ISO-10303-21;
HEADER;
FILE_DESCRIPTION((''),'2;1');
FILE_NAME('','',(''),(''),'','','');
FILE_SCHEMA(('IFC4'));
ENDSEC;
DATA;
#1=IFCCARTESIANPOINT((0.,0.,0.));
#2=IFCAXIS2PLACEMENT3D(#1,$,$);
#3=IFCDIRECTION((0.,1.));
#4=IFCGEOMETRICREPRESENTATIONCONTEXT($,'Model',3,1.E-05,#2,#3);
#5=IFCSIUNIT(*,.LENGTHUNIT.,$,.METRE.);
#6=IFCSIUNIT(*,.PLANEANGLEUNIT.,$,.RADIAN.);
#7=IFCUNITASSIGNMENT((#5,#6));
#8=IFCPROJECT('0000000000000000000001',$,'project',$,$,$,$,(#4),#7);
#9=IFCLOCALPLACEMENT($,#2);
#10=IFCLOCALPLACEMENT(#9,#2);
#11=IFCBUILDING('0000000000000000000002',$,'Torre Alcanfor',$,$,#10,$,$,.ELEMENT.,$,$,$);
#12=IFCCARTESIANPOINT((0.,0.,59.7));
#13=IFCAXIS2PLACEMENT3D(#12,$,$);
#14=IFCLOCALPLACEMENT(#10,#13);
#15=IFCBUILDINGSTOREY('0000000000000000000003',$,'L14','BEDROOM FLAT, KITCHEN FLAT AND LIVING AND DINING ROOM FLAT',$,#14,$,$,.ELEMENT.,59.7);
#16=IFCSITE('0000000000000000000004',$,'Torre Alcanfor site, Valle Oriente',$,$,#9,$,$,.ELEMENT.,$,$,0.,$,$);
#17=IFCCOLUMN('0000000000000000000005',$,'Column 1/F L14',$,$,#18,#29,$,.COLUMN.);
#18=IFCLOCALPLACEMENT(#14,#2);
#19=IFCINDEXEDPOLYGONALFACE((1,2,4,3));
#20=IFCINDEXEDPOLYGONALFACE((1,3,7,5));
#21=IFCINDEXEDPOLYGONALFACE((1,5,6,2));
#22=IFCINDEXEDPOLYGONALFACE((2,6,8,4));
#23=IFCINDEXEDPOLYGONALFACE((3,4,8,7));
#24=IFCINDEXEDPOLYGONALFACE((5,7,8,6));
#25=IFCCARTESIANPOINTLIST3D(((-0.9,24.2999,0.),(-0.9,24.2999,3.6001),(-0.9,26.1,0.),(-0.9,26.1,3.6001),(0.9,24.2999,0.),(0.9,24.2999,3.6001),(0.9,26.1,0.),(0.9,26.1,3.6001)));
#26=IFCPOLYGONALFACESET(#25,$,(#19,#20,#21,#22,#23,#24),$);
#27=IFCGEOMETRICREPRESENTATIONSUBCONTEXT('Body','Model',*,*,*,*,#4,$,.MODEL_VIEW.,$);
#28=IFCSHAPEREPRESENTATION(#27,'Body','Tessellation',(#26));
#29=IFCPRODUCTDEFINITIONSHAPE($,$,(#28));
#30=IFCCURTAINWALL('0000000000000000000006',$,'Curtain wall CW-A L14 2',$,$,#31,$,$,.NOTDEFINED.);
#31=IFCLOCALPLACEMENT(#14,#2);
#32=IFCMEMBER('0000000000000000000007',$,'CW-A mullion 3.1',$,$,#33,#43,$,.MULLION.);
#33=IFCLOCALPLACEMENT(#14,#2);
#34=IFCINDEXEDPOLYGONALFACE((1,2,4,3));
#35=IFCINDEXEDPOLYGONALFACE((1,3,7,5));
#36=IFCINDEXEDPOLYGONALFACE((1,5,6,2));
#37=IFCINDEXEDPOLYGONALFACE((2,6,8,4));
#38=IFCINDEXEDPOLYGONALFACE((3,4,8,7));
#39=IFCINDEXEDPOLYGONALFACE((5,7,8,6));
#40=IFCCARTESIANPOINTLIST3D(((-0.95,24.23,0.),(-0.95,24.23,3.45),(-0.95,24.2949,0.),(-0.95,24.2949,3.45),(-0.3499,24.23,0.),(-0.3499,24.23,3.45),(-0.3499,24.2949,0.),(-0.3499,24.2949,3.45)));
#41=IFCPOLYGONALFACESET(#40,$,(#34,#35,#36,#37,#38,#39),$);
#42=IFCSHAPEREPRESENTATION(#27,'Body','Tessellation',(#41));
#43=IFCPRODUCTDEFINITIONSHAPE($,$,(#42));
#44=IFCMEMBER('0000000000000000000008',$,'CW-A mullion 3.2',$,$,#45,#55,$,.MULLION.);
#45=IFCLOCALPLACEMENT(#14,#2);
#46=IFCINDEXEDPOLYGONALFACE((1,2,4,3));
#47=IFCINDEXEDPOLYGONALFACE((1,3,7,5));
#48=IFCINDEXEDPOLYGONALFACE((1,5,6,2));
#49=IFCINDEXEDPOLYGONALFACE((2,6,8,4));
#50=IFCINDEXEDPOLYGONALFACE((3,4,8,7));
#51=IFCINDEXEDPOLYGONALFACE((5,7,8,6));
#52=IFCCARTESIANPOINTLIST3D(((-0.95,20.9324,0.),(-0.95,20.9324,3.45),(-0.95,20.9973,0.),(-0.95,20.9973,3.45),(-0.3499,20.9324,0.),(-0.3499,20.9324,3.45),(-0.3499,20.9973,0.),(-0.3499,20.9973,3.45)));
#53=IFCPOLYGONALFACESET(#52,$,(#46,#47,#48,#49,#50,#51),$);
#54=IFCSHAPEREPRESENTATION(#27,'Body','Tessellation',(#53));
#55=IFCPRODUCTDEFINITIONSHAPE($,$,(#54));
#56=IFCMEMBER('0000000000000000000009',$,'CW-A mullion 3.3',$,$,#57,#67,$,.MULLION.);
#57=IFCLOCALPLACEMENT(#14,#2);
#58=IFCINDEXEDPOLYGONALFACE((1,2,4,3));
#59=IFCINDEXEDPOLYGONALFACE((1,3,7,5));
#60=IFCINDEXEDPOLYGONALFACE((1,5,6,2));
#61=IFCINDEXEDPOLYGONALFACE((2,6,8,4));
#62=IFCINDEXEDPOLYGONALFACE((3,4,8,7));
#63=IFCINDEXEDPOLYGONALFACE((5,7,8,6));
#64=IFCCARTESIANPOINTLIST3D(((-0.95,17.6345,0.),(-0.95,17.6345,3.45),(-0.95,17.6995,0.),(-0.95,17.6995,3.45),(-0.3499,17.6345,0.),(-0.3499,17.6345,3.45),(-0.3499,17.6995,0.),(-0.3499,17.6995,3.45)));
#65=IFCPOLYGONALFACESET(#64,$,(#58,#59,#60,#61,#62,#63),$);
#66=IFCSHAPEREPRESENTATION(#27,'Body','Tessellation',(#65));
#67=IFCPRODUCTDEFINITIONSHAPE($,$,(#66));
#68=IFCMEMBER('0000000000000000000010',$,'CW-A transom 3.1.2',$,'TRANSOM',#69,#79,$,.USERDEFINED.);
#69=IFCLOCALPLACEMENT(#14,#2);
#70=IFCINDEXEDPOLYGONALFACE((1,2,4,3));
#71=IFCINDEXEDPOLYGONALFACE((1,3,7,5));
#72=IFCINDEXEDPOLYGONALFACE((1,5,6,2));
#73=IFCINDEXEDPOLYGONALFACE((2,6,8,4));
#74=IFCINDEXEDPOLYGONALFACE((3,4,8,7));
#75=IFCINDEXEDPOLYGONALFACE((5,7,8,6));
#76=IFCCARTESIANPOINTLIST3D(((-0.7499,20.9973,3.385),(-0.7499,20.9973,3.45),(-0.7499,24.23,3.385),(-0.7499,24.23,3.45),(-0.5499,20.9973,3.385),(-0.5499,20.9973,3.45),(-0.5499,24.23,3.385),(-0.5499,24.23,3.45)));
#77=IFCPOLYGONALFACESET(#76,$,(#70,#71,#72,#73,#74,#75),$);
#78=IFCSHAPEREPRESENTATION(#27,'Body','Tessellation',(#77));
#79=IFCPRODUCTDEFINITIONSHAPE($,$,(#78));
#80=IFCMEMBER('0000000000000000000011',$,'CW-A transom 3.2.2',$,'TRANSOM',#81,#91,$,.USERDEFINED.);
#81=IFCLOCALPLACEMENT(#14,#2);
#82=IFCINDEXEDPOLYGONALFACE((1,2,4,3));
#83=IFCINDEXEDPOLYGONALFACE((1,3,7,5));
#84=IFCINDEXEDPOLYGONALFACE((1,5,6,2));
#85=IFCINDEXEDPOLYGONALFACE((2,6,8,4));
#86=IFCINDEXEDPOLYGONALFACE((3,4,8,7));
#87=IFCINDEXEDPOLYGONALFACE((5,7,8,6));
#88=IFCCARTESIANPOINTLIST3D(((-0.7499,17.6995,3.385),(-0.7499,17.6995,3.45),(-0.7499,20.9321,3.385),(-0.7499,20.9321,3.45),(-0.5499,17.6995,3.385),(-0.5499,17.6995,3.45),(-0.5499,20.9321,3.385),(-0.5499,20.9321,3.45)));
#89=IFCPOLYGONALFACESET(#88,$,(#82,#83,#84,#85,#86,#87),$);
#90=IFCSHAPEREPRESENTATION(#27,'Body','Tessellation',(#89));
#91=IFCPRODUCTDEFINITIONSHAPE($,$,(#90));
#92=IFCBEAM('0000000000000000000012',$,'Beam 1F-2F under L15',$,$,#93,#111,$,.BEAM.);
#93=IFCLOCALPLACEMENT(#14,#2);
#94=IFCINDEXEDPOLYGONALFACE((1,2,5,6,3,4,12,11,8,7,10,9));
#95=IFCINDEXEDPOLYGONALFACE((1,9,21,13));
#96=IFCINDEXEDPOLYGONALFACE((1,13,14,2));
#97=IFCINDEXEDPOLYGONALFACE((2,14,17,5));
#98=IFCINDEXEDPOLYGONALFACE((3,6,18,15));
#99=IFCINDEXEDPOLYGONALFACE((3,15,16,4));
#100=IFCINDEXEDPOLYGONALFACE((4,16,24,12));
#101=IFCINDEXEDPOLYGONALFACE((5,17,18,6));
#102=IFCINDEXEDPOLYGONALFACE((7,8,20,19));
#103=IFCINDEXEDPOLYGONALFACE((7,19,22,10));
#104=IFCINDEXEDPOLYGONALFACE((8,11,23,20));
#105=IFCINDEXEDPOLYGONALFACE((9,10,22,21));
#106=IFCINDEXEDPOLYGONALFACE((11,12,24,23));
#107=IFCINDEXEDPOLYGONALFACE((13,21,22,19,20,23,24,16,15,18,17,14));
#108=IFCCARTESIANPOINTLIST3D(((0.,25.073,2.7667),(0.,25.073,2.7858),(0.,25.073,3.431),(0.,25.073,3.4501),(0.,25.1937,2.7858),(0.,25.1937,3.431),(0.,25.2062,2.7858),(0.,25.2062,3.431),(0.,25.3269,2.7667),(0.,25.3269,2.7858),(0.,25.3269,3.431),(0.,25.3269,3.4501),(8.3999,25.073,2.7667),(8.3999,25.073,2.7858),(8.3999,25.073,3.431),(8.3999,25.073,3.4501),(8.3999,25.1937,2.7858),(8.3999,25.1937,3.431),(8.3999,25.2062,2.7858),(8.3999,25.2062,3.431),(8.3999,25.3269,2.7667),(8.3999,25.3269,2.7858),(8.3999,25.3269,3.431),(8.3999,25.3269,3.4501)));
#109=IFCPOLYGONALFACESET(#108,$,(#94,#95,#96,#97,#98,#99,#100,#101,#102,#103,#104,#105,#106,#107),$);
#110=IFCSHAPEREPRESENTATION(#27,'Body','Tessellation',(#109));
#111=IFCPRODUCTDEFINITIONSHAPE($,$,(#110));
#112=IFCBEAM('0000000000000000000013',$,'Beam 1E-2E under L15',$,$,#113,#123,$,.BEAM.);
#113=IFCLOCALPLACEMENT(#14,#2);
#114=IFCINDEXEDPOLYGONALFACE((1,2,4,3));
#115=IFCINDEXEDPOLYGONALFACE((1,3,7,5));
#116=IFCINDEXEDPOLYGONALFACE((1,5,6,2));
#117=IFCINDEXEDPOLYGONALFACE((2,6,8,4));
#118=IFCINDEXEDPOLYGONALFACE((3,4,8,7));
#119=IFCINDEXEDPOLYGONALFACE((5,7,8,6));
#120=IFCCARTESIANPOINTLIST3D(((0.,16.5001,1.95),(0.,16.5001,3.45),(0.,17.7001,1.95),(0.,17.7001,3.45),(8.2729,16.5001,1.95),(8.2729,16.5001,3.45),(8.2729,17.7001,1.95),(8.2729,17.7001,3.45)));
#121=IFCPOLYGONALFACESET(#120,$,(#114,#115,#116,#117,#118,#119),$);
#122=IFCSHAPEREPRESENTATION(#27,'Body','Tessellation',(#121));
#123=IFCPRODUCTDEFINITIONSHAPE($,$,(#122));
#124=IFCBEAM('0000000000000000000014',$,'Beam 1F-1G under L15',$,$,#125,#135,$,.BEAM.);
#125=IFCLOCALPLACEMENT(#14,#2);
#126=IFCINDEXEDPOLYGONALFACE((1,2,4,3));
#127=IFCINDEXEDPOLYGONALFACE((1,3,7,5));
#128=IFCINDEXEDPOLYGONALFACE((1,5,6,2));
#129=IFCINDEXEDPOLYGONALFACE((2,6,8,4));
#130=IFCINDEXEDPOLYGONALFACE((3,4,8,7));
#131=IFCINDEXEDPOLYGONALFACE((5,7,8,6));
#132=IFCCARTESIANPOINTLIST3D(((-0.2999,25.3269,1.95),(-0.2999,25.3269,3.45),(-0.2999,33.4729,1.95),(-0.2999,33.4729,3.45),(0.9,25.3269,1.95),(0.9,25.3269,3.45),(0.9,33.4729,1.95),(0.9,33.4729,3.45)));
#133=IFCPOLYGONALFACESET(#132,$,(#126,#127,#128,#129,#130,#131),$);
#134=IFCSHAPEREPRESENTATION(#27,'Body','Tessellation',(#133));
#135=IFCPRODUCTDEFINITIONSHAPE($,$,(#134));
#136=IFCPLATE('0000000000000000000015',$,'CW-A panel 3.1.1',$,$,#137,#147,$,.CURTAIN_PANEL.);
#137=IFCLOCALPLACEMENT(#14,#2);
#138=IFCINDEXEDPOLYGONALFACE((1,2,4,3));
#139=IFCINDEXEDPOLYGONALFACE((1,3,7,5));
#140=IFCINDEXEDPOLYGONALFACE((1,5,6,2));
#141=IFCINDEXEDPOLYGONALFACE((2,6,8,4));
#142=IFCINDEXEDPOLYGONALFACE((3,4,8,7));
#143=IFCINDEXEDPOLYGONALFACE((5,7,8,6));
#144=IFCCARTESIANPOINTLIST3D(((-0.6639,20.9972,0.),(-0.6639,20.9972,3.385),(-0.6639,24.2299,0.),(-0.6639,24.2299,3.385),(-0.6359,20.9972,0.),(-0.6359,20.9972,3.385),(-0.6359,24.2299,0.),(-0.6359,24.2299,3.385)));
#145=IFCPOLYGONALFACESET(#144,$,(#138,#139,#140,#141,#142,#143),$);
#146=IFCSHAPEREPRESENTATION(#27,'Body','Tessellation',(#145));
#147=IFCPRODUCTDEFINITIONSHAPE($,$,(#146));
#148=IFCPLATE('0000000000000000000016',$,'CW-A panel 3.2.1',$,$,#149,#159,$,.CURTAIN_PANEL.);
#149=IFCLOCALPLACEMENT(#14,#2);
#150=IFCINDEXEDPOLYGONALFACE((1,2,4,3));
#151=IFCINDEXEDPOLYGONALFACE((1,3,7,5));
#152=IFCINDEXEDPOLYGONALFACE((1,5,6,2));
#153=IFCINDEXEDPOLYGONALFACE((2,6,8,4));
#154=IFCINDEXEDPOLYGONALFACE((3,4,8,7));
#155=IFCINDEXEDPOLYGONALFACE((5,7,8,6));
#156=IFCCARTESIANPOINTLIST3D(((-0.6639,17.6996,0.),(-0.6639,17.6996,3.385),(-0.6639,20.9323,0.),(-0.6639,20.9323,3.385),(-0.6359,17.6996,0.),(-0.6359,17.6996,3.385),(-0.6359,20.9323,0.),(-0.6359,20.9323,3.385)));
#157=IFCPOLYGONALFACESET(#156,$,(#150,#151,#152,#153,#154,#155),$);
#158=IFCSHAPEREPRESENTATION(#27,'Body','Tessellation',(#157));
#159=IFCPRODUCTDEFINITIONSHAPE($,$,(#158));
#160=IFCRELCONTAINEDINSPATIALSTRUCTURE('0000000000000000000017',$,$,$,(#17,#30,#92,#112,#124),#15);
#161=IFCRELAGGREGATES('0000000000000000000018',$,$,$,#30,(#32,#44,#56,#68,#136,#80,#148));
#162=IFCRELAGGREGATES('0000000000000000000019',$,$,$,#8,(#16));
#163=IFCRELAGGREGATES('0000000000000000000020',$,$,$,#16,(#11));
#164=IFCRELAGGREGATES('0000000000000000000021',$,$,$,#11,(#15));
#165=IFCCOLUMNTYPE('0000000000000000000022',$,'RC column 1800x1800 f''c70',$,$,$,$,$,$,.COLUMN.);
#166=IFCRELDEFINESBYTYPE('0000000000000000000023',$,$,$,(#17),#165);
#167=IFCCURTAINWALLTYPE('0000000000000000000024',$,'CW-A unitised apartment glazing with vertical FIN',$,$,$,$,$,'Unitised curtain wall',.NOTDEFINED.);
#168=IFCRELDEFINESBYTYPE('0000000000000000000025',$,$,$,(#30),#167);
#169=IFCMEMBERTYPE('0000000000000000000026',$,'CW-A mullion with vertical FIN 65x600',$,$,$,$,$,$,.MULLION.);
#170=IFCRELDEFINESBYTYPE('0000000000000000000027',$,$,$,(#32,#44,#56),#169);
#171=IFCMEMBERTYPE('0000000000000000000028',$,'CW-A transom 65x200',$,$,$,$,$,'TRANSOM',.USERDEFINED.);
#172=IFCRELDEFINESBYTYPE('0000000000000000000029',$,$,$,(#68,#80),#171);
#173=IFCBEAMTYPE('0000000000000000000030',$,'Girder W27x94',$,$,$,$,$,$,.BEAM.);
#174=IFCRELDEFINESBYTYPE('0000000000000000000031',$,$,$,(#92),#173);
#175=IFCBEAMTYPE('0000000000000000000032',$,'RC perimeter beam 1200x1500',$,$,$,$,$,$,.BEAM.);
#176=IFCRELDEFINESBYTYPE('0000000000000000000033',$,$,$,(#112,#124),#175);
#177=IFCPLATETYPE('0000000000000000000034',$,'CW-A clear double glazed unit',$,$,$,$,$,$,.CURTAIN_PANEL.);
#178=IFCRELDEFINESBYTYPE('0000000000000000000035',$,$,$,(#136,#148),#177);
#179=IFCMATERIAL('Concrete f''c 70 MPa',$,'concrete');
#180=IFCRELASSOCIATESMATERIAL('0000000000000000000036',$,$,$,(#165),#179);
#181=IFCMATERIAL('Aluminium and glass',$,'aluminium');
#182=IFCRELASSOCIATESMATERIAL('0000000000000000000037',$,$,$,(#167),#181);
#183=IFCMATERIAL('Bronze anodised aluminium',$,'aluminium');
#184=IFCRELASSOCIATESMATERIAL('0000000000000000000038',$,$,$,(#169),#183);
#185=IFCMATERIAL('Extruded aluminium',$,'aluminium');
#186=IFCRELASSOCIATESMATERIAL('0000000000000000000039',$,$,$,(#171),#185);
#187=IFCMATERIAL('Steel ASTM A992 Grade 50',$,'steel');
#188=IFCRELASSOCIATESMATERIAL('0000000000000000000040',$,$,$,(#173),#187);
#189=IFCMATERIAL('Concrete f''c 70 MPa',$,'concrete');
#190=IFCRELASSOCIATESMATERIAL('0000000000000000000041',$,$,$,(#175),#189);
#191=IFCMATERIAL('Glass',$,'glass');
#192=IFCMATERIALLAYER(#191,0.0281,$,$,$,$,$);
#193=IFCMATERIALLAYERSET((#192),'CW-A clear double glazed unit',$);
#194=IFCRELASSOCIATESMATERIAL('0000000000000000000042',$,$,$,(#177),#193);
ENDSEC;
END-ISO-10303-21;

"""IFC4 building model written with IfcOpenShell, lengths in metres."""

from ifc_helpers import new_model, si_unit, direction, frame, origin, origin_2d, place, context, subcontext, project, spatial, rectangle, i_section, extrude, material, layer, layer_set, material_profile, profile_set, type_object, element, aggregate, save


model = new_model("IFC4")

# Units and contexts
model_context = context("Model", 3, precision=1e-05, world=origin(), true_north=direction((0.0, 1.0)))
body_context = subcontext(model_context, "Body", "Model", "MODEL_VIEW")
ifc_project = project(units=[si_unit("LENGTHUNIT", "METRE"), si_unit("PLANEANGLEUNIT", "RADIAN")], contexts=[model_context])

# Site, building, storey
site_placement = place(None, origin())
site = spatial("IfcSite", under=ifc_project, at=site_placement, Name="Torre Alcanfor site, Valle Oriente", CompositionType="ELEMENT", RefElevation=0.0)
building_placement = place(site_placement, origin())
building = spatial("IfcBuilding", under=site, at=building_placement, Name="Torre Alcanfor", CompositionType="ELEMENT")
storey_placement = place(building_placement, frame((0.0, 0.0, 59.7)))
storey = spatial("IfcBuildingStorey", under=building, at=storey_placement, Name="L14", Description="BEDROOM FLAT, KITCHEN FLAT AND LIVING AND DINING ROOM FLAT", CompositionType="ELEMENT", Elevation=59.7)

# Column
ifc_material_1 = material(Name="Concrete f'c 70 MPa", Category="concrete")
ifc_material_profile_1 = material_profile(ifc_material_1, rectangle(XDim=1.8, YDim=1.8, at=origin_2d()), Name="1800x1800")
ifc_profile_set_1 = profile_set([ifc_material_profile_1], Name="Concrete f'c 70 MPa")
column_type = type_object("IfcColumnType", Name="RC column 1800x1800 f'c70", PredefinedType="COLUMN", material=ifc_profile_set_1)
column_placement = place(storey_placement, frame((0.0, 25.2, 0.0), z_axis=(0.0, 0.0, 1.0), x_axis=(1.0, 0.0, 0.0)))
element("IfcColumn", 1, at=column_placement, inside=storey, type_object=column_type, Name="Column 1/F L14", PredefinedType="COLUMN", context=body_context, shape_type="SweptSolid", body=[
    extrude(rectangle(XDim=1.8, YDim=1.8, at=origin_2d()), origin(), (0.0, 0.0, 1.0), 3.6001),
])

# Curtain wall, members
ifc_material_2 = material(Name="Aluminium and glass", Category="aluminium")
curtain_wall_type = type_object("IfcCurtainWallType", Name="CW-A unitised apartment glazing with vertical FIN", ElementType="Unitised curtain wall", PredefinedType="NOTDEFINED", material=ifc_material_2)
curtain_wall_placement = place(storey_placement, origin())
curtain_wall = element("IfcCurtainWall", 2, at=curtain_wall_placement, inside=storey, type_object=curtain_wall_type, Name="Curtain wall CW-A L14 2", PredefinedType="NOTDEFINED")
ifc_material_3 = material(Name="Bronze anodised aluminium", Category="aluminium")
ifc_material_profile_2 = material_profile(ifc_material_3, rectangle(XDim=0.6001, YDim=0.0649, at=origin_2d()), Name="CW-A mullion 65x600")
ifc_profile_set_2 = profile_set([ifc_material_profile_2], Name="Bronze anodised aluminium")
member_type_1 = type_object("IfcMemberType", Name="CW-A mullion with vertical FIN 65x600", PredefinedType="MULLION", material=ifc_profile_set_2)
member_1_placement = place(storey_placement, frame((-0.6499, 24.2625, 0.0), z_axis=(0.0, 0.0, 1.0), x_axis=(1.0, 0.0, 0.0)))
member_1 = element("IfcMember", 3, at=member_1_placement, type_object=member_type_1, Name="CW-A mullion 3.1", PredefinedType="MULLION", context=body_context, shape_type="SweptSolid", body=[
    extrude(rectangle(XDim=0.6001, YDim=0.0649, at=origin_2d()), origin(), (0.0, 0.0, 1.0), 3.45),
])
member_2_placement = place(storey_placement, frame((-0.6499, 20.9648, 0.0), z_axis=(0.0, 0.0, 1.0), x_axis=(1.0, 0.0, 0.0)))
member_2 = element("IfcMember", 4, at=member_2_placement, type_object=member_type_1, Name="CW-A mullion 3.2", PredefinedType="MULLION", context=body_context, shape_type="SweptSolid", body=[
    extrude(rectangle(XDim=0.6001, YDim=0.0649, at=origin_2d()), origin(), (0.0, 0.0, 1.0), 3.45),
])
member_3_placement = place(storey_placement, frame((-0.6499, 17.667, 0.0), z_axis=(0.0, 0.0, 1.0), x_axis=(1.0, 0.0, 0.0)))
member_3 = element("IfcMember", 5, at=member_3_placement, type_object=member_type_1, Name="CW-A mullion 3.3", PredefinedType="MULLION", context=body_context, shape_type="SweptSolid", body=[
    extrude(rectangle(XDim=0.6001, YDim=0.0649, at=origin_2d()), origin(), (0.0, 0.0, 1.0), 3.45),
])
ifc_material_4 = material(Name="Extruded aluminium", Category="aluminium")
ifc_material_profile_3 = material_profile(ifc_material_4, rectangle(XDim=0.2, YDim=0.0649, at=origin_2d()), Name="CW-A transom 200x65")
ifc_profile_set_3 = profile_set([ifc_material_profile_3], Name="Extruded aluminium")
member_type_2 = type_object("IfcMemberType", Name="CW-A transom 65x200", ElementType="TRANSOM", PredefinedType="USERDEFINED", material=ifc_profile_set_3)
member_4_placement = place(storey_placement, frame((-0.6499, 24.23, 3.4175), z_axis=(0.0, -1.0, 0.0), x_axis=(1.0, 0.0, 0.0)))
member_4 = element("IfcMember", 6, at=member_4_placement, type_object=member_type_2, Name="CW-A transom 3.1.2", ObjectType="TRANSOM", PredefinedType="USERDEFINED", context=body_context, shape_type="SweptSolid", body=[
    extrude(rectangle(XDim=0.2, YDim=0.0649, at=origin_2d()), origin(), (0.0, 0.0, 1.0), 3.2327),
])
member_5_placement = place(storey_placement, frame((-0.6499, 20.9321, 3.4175), z_axis=(0.0, -1.0, 0.0), x_axis=(1.0, 0.0, 0.0)))
member_5 = element("IfcMember", 7, at=member_5_placement, type_object=member_type_2, Name="CW-A transom 3.2.2", ObjectType="TRANSOM", PredefinedType="USERDEFINED", context=body_context, shape_type="SweptSolid", body=[
    extrude(rectangle(XDim=0.2, YDim=0.0649, at=origin_2d()), origin(), (0.0, 0.0, 1.0), 3.2327),
])

# Beams
ifc_material_5 = material(Name="Steel ASTM A992 Grade 50", Category="steel")
ifc_material_profile_4 = material_profile(ifc_material_5, i_section(OverallWidth=0.2539, OverallDepth=0.6833, WebThickness=0.0125, FlangeThickness=0.019, at=origin_2d()), Name="W27x94")
ifc_profile_set_4 = profile_set([ifc_material_profile_4], Name="Steel ASTM A992 Grade 50")
beam_type_1 = type_object("IfcBeamType", Name="Girder W27x94", PredefinedType="BEAM", material=ifc_profile_set_4)
beam_1_placement = place(storey_placement, frame((0.0, 25.2, 3.1084), z_axis=(1.0, 0.0, 0.0), x_axis=(0.0, 1.0, 0.0)))
element("IfcBeam", 8, at=beam_1_placement, inside=storey, type_object=beam_type_1, Name="Beam 1F-2F under L15", PredefinedType="BEAM", context=body_context, shape_type="SweptSolid", body=[
    extrude(i_section(OverallWidth=0.2539, OverallDepth=0.6833, WebThickness=0.0125, FlangeThickness=0.019, at=origin_2d()), origin(), (0.0, 0.0, 1.0), 8.3999),
])
ifc_material_6 = material(Name="Concrete f'c 70 MPa", Category="concrete")
ifc_material_profile_5 = material_profile(ifc_material_6, rectangle(XDim=1.2, YDim=1.5, at=origin_2d()), Name="1200x1500")
ifc_profile_set_5 = profile_set([ifc_material_profile_5], Name="Concrete f'c 70 MPa")
beam_type_2 = type_object("IfcBeamType", Name="RC perimeter beam 1200x1500", PredefinedType="BEAM", material=ifc_profile_set_5)
beam_2_placement = place(storey_placement, frame((0.0, 17.1001, 2.7), z_axis=(1.0, 0.0, 0.0), x_axis=(0.0, 1.0, 0.0)))
element("IfcBeam", 9, at=beam_2_placement, inside=storey, type_object=beam_type_2, Name="Beam 1E-2E under L15", PredefinedType="BEAM", context=body_context, shape_type="SweptSolid", body=[
    extrude(rectangle(XDim=1.2, YDim=1.5, at=origin_2d()), origin(), (0.0, 0.0, 1.0), 8.2729),
])
beam_3_placement = place(storey_placement, frame((0.3, 25.3269, 2.7), z_axis=(0.0, 1.0, 0.0), x_axis=(-1.0, 0.0, 0.0)))
element("IfcBeam", 10, at=beam_3_placement, inside=storey, type_object=beam_type_2, Name="Beam 1F-1G under L15", PredefinedType="BEAM", context=body_context, shape_type="SweptSolid", body=[
    extrude(rectangle(XDim=1.2, YDim=1.5, at=origin_2d()), origin(), (0.0, 0.0, 1.0), 8.146),
])

# Plates
ifc_material_7 = material(Name="Glass", Category="glass")
ifc_layer_1 = layer(ifc_material_7, 0.0281)
ifc_layer_set_1 = layer_set([ifc_layer_1], Name="CW-A clear double glazed unit")
plate_type = type_object("IfcPlateType", Name="CW-A clear double glazed unit", PredefinedType="CURTAIN_PANEL", material=ifc_layer_set_1)
plate_1_placement = place(storey_placement, frame((-0.6499, 22.6135, 0.0), z_axis=(0.0, 0.0, 1.0), x_axis=(0.0, -1.0, 0.0)))
plate_1 = element("IfcPlate", 11, at=plate_1_placement, type_object=plate_type, Name="CW-A panel 3.1.1", PredefinedType="CURTAIN_PANEL", context=body_context, shape_type="SweptSolid", body=[
    extrude(rectangle(XDim=3.2327, YDim=0.0281, at=origin_2d()), origin(), (0.0, 0.0, 1.0), 3.385),
])
plate_2_placement = place(storey_placement, frame((-0.6499, 19.3159, 0.0), z_axis=(0.0, 0.0, 1.0), x_axis=(0.0, -1.0, 0.0)))
plate_2 = element("IfcPlate", 12, at=plate_2_placement, type_object=plate_type, Name="CW-A panel 3.2.1", PredefinedType="CURTAIN_PANEL", context=body_context, shape_type="SweptSolid", body=[
    extrude(rectangle(XDim=3.2327, YDim=0.0281, at=origin_2d()), origin(), (0.0, 0.0, 1.0), 3.385),
])
aggregate(curtain_wall, [member_1, member_2, member_3, member_4, plate_1, member_5, plate_2])

save(model, "model.ifc")
